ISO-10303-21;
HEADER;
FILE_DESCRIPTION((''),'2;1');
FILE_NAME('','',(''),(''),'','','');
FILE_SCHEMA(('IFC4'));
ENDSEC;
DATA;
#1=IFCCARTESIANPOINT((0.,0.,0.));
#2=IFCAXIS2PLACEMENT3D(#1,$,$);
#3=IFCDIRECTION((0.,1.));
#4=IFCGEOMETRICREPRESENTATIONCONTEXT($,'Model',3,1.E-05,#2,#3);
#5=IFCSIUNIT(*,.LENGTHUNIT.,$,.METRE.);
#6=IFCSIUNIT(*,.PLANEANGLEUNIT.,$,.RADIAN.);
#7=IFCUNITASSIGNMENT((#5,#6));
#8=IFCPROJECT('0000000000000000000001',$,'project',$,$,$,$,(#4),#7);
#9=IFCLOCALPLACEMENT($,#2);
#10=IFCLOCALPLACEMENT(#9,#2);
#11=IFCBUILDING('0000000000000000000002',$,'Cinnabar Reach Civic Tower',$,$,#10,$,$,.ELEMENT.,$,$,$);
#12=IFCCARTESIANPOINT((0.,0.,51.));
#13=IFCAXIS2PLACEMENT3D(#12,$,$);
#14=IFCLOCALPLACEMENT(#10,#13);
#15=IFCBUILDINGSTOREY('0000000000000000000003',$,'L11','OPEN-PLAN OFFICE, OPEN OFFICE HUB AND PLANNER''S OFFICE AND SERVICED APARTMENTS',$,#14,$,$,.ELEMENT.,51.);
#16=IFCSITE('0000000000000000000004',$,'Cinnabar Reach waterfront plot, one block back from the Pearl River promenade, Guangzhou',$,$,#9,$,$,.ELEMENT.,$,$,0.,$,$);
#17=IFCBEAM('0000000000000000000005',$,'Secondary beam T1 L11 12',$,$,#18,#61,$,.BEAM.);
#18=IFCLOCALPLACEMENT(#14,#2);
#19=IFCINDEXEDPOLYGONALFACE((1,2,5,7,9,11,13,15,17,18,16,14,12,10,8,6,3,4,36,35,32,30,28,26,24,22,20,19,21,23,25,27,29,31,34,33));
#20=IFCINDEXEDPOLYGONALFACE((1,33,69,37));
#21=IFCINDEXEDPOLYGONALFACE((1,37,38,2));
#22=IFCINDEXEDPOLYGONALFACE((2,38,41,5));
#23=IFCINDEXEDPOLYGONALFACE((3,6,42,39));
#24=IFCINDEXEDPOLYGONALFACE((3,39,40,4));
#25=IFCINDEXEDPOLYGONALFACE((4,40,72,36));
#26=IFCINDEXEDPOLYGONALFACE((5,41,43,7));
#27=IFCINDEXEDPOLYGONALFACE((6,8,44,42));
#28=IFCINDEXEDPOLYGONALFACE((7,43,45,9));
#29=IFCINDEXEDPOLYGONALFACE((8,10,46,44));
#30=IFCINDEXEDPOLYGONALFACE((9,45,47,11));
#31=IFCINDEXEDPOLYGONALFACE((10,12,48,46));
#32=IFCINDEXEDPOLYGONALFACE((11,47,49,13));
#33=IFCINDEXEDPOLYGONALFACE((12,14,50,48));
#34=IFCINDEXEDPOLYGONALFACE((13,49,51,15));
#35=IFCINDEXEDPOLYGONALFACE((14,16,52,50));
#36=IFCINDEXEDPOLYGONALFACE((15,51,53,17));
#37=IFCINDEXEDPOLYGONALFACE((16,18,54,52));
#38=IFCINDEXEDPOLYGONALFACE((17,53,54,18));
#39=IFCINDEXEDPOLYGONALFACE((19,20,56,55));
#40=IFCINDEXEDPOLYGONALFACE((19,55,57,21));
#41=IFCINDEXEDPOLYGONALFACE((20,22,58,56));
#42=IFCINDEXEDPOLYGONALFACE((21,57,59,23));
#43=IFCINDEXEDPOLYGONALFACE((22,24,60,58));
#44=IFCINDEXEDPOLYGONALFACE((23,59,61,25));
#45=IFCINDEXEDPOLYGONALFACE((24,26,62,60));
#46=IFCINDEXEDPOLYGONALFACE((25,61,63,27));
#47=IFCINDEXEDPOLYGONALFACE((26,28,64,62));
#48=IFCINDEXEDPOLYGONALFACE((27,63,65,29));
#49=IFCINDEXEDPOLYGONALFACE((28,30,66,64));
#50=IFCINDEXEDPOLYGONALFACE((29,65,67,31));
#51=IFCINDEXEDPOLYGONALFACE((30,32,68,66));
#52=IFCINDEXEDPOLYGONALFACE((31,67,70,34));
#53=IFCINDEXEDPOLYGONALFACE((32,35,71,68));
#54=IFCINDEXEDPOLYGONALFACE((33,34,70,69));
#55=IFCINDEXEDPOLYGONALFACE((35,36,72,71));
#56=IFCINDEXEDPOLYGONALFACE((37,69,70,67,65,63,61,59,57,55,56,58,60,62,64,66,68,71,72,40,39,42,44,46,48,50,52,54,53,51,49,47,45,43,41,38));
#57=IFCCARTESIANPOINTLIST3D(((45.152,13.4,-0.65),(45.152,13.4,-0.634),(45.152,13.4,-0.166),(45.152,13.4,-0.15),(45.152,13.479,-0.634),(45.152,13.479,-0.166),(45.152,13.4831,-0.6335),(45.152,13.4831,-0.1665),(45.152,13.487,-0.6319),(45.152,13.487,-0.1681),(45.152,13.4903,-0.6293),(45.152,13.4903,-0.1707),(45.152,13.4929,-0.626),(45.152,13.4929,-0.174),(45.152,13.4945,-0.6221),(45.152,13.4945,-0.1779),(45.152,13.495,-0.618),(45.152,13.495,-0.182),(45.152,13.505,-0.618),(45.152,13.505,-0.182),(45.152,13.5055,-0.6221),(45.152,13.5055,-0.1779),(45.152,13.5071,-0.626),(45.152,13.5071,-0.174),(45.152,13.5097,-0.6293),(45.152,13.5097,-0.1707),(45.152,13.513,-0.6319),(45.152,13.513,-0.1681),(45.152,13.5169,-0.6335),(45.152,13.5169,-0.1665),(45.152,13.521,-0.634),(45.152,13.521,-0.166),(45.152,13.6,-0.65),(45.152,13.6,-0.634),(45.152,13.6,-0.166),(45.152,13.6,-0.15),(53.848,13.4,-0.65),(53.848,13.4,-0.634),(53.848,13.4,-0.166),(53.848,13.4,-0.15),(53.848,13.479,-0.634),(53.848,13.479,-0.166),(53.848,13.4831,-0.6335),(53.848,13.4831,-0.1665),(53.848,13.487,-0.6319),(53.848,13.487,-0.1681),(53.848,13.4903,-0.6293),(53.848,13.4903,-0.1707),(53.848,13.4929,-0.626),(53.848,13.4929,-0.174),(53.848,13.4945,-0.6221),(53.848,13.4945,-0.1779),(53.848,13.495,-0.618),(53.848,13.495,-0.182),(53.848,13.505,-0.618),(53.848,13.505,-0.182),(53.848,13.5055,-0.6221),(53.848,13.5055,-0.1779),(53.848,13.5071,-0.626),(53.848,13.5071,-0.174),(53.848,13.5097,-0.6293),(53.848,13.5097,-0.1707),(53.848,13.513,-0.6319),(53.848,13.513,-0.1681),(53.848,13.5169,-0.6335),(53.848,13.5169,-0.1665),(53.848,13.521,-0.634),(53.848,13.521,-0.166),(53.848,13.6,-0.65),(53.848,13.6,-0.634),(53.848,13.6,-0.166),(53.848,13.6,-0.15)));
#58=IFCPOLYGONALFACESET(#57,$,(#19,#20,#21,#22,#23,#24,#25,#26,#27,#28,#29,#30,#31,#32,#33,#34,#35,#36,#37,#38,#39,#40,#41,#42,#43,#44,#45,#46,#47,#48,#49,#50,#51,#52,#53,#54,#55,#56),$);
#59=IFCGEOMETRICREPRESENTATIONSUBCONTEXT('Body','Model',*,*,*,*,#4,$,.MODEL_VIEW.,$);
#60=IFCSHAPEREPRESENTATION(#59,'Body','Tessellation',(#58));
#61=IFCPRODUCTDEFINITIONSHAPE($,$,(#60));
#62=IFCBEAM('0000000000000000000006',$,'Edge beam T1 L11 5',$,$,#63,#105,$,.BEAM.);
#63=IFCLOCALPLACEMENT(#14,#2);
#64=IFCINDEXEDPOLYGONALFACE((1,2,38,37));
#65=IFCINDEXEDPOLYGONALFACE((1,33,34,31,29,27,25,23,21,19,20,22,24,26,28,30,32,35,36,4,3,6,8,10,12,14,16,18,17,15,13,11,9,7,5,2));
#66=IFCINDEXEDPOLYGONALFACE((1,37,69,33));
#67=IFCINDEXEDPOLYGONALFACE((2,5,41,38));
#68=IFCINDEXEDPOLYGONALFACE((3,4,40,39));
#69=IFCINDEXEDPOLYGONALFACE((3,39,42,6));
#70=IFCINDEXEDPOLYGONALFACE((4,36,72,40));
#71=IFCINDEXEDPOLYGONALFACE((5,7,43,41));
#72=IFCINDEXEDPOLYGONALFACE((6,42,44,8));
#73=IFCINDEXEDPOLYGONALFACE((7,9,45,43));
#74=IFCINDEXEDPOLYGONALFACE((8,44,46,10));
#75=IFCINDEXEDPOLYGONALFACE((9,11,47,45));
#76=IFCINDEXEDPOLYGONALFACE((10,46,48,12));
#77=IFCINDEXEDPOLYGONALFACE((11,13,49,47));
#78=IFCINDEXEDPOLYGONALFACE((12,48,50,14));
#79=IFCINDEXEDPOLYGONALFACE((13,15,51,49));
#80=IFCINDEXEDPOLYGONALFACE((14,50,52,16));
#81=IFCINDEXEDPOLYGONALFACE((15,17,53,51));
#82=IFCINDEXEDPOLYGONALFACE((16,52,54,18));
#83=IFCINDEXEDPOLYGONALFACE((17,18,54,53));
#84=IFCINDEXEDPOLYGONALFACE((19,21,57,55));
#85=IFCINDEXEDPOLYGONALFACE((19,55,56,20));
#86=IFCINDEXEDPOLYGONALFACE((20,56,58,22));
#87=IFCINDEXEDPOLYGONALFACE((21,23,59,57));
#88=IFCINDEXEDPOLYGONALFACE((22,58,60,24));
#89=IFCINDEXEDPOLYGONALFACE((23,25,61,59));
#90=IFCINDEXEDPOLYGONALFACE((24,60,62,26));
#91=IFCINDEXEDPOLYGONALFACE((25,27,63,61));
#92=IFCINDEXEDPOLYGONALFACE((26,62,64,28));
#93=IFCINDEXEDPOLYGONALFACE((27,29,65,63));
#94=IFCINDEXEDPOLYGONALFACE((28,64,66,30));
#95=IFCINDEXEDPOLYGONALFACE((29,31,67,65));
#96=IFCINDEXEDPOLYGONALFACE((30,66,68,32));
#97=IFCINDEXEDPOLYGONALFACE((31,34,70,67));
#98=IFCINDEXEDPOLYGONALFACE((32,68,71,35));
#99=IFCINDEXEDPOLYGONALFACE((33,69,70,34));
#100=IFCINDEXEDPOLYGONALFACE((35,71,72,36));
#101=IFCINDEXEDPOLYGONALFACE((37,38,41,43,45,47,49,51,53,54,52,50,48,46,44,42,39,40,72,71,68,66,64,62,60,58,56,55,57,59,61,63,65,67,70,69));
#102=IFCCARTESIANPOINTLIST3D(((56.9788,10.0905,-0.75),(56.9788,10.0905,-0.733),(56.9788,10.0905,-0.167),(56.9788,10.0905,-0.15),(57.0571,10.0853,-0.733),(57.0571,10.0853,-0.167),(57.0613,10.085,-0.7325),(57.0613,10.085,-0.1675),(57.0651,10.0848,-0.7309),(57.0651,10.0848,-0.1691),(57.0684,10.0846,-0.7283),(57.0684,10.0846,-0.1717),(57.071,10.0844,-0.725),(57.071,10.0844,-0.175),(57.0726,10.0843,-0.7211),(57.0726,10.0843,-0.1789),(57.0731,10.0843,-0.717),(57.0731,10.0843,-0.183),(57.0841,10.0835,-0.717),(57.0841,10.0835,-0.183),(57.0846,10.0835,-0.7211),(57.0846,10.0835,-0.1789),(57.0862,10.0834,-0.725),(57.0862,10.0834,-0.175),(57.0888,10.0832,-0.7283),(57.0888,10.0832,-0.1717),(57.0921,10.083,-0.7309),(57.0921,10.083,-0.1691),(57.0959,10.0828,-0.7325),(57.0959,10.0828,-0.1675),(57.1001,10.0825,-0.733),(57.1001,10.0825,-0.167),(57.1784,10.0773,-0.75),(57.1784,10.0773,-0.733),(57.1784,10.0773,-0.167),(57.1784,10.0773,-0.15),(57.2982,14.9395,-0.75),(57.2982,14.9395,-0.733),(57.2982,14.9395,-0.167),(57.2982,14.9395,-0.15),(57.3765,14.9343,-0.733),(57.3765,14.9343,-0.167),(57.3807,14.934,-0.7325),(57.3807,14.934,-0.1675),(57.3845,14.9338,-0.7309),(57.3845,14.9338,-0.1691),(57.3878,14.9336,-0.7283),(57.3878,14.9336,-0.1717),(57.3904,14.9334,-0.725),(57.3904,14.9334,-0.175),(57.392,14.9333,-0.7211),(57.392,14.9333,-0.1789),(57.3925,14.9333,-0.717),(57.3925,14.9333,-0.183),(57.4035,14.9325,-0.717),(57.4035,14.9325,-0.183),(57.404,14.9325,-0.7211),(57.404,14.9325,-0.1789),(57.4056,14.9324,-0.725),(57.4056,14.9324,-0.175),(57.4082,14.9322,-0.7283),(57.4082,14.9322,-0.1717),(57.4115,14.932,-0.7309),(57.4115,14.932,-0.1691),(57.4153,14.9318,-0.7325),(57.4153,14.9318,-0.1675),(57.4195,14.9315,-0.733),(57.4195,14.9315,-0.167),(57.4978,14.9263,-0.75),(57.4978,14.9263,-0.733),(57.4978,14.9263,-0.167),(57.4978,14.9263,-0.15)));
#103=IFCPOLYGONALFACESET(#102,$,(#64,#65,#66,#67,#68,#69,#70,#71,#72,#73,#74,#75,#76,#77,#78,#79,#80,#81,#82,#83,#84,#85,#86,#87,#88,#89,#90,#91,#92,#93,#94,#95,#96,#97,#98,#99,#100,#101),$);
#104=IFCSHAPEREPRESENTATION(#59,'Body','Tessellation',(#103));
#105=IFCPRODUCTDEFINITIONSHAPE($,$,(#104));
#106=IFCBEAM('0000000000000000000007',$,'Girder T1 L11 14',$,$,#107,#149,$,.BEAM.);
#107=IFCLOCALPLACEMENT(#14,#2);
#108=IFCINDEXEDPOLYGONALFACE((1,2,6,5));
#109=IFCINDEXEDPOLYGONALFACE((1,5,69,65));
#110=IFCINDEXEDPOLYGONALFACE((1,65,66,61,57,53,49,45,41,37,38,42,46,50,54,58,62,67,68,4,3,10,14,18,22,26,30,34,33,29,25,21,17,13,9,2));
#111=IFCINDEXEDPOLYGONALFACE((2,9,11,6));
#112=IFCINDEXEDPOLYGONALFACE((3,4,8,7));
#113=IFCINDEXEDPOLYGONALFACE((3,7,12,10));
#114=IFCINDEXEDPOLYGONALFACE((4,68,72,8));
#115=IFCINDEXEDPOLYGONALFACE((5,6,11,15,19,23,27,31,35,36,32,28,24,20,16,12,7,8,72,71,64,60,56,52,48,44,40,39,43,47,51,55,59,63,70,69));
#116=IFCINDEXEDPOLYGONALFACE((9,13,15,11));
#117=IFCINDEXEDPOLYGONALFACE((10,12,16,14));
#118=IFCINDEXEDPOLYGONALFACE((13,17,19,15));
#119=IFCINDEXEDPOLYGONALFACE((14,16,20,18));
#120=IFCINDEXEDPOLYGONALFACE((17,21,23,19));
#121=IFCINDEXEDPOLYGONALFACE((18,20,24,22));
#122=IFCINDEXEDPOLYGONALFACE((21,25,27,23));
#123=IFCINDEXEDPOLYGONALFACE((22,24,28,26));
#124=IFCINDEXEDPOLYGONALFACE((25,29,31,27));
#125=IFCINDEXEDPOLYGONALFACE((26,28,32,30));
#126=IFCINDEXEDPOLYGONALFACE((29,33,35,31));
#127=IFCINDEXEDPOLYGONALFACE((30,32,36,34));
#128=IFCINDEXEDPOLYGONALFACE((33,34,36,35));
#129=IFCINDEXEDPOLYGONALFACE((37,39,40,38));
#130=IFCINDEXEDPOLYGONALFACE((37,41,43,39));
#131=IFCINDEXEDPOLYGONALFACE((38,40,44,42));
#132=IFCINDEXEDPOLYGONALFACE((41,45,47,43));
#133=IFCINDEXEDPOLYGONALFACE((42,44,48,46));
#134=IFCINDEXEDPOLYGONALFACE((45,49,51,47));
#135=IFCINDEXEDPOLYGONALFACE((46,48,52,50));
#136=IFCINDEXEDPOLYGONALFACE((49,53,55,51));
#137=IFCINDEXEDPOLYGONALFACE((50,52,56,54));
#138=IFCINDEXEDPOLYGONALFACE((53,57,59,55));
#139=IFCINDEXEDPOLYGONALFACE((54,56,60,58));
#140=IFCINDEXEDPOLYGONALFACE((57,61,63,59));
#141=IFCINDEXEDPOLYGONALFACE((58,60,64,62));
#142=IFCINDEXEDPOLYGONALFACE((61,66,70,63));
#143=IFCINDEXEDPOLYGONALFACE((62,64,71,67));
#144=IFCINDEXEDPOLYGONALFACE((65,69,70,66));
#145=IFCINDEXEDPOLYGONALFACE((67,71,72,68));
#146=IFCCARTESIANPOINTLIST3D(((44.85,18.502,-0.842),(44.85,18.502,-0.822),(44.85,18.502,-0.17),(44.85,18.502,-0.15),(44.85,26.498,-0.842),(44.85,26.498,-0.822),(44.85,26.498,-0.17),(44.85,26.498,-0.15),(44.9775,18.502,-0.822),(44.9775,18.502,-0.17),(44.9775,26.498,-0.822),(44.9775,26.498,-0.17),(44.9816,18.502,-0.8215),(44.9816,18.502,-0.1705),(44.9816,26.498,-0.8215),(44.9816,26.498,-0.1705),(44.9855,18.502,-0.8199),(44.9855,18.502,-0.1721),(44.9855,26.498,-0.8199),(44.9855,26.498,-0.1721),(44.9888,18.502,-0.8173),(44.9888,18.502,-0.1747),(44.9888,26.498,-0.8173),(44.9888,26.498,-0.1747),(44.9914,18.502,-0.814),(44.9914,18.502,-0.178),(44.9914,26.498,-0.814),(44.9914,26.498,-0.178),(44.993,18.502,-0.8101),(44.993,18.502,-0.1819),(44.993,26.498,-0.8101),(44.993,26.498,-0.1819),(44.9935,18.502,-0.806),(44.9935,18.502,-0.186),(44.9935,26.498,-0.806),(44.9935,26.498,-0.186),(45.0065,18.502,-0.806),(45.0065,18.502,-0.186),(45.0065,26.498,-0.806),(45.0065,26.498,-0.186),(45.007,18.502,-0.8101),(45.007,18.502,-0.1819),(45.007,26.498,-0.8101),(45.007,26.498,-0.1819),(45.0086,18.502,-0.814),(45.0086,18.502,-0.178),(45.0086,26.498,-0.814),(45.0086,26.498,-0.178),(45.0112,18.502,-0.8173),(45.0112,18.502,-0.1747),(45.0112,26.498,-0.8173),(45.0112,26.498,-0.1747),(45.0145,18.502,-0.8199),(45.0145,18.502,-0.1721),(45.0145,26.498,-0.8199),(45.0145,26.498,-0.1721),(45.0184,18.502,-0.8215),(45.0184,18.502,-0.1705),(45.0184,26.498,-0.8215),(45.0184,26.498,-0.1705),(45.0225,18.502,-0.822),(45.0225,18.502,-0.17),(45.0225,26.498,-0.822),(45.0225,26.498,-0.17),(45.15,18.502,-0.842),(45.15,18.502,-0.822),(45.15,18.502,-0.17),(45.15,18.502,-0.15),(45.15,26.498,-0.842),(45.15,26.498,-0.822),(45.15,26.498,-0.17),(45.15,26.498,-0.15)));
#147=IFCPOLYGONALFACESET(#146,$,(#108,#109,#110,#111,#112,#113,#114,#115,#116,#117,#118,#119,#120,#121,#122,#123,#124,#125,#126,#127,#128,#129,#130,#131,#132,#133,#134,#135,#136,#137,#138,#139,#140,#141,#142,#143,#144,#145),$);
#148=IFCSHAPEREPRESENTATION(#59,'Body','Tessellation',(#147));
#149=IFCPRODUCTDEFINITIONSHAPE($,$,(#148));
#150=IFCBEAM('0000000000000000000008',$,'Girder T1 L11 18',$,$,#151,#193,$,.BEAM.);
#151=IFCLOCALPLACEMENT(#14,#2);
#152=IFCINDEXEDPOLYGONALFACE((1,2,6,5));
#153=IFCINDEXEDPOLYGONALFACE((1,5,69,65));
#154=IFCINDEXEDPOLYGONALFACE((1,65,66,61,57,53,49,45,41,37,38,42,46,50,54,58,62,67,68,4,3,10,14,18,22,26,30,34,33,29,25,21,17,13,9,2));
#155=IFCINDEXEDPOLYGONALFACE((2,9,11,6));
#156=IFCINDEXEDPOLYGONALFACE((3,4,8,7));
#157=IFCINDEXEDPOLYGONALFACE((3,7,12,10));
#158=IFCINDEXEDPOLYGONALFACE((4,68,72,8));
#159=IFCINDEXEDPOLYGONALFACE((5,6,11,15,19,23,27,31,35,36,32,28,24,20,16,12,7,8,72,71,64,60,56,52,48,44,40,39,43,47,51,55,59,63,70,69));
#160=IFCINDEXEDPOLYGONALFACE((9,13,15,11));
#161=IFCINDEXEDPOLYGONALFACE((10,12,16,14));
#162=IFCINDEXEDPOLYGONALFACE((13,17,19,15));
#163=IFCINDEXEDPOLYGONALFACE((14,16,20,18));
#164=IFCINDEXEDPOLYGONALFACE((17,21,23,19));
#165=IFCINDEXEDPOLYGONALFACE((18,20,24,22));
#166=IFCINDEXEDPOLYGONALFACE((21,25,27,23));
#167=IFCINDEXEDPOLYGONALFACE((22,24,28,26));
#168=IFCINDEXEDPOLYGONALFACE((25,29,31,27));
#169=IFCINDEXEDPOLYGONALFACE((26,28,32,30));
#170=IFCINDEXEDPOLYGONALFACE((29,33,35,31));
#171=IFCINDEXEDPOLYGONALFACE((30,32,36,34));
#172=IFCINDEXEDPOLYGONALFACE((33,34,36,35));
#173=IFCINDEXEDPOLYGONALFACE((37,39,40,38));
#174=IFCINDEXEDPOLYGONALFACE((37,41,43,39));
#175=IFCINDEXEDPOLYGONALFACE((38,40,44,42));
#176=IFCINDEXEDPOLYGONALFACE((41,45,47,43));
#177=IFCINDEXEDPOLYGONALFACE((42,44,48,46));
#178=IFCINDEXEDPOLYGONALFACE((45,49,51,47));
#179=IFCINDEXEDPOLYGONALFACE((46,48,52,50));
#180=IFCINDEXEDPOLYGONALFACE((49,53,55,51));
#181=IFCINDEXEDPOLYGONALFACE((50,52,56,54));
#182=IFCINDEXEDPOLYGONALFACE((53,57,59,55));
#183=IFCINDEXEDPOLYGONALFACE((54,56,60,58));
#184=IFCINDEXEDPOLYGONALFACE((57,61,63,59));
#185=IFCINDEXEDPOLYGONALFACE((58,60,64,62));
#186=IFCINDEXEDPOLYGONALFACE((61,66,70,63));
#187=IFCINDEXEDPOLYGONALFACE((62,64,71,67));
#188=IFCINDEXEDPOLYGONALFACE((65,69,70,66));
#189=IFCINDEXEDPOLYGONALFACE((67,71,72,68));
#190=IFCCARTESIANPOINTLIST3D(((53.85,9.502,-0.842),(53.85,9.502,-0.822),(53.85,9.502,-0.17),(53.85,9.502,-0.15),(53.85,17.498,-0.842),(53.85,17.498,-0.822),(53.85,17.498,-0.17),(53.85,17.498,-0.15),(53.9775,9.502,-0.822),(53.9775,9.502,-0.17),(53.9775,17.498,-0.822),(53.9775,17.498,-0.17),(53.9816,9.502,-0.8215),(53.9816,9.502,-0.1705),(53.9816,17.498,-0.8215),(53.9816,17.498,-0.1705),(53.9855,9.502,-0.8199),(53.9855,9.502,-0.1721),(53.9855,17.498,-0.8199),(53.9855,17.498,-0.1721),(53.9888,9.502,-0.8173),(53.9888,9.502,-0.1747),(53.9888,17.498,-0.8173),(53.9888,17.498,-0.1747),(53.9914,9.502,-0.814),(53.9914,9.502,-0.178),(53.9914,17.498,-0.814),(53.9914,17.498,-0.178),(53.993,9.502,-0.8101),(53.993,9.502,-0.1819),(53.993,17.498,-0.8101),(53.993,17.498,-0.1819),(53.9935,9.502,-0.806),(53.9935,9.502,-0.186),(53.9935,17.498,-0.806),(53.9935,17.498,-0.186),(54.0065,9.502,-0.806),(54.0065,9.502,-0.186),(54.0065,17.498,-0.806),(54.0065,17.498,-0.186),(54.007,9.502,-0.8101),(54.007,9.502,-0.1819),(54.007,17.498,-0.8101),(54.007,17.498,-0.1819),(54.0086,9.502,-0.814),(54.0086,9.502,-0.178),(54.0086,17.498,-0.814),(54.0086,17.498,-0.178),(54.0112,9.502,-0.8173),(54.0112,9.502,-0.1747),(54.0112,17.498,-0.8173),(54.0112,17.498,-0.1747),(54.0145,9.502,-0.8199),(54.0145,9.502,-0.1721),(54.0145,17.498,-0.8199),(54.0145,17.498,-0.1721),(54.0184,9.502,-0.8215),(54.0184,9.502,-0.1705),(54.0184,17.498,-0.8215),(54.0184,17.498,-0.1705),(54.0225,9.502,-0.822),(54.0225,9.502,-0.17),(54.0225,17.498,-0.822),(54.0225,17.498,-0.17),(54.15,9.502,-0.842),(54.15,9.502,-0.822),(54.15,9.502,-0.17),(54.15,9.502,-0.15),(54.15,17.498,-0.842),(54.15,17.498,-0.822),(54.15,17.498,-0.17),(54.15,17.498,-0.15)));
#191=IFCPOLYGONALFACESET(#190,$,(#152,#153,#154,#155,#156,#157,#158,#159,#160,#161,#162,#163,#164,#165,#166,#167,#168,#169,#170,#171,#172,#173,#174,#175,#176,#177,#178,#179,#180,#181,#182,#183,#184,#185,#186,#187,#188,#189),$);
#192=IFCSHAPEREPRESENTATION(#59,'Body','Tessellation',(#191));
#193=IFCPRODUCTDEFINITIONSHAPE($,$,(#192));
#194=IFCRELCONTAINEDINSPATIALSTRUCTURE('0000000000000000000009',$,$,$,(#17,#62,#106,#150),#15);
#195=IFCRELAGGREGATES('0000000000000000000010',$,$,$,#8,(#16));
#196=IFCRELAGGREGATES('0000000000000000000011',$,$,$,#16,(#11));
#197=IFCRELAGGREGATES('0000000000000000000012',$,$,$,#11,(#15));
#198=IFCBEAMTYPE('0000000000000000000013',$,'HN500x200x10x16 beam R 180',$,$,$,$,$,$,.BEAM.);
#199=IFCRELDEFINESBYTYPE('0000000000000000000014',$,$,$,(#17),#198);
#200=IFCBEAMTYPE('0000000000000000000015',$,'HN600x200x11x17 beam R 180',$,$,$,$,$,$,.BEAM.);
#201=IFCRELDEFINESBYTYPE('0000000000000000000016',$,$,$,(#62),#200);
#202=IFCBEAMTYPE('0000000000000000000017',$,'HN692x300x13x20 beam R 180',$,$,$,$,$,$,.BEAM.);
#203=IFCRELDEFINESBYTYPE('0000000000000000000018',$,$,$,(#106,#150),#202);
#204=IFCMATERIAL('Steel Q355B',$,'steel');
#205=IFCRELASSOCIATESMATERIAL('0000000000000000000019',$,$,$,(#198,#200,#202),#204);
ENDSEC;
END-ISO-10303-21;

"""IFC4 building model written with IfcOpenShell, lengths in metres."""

from ifc_helpers import new_model, si_unit, direction, frame, origin, origin_2d, place, context, subcontext, project, spatial, i_section, extrude, material, material_profile, profile_set, type_object, element, save


model = new_model("IFC4")

# Units and contexts
model_context = context("Model", 3, precision=1e-05, world=origin(), true_north=direction((0.0, 1.0)))
body_context = subcontext(model_context, "Body", "Model", "MODEL_VIEW")
ifc_project = project(units=[si_unit("LENGTHUNIT", "METRE"), si_unit("PLANEANGLEUNIT", "RADIAN")], contexts=[model_context])

# Site, building, storey
site_placement = place(None, origin())
site = spatial("IfcSite", under=ifc_project, at=site_placement, Name="Cinnabar Reach waterfront plot, one block back from the Pearl River promenade, Guangzhou", CompositionType="ELEMENT", RefElevation=0.0)
building_placement = place(site_placement, origin())
building = spatial("IfcBuilding", under=site, at=building_placement, Name="Cinnabar Reach Civic Tower", CompositionType="ELEMENT")
storey_placement = place(building_placement, frame((0.0, 0.0, 51.0)))
storey = spatial("IfcBuildingStorey", under=building, at=storey_placement, Name="L11", Description="OPEN-PLAN OFFICE, OPEN OFFICE HUB AND PLANNER'S OFFICE AND SERVICED APARTMENTS", CompositionType="ELEMENT", Elevation=51.0)

# Beams
ifc_material_1 = material(Name="Steel Q355B", Category="steel")
ifc_material_profile_1 = material_profile(ifc_material_1, i_section(OverallWidth=0.2, OverallDepth=0.5, WebThickness=0.01, FlangeThickness=0.016, FilletRadius=0.016, at=origin_2d()), Name="HN500x200x10x16")
ifc_profile_set_1 = profile_set([ifc_material_profile_1], Name="Steel Q355B")
beam_type_1 = type_object("IfcBeamType", Name="HN500x200x10x16 beam R 180", PredefinedType="BEAM", material=ifc_profile_set_1)
beam_1_placement = place(storey_placement, frame((45.152, 13.5, -0.4), z_axis=(1.0, 0.0, 0.0), x_axis=(0.0, 1.0, 0.0)))
element("IfcBeam", 1, at=beam_1_placement, inside=storey, type_object=beam_type_1, Name="Secondary beam T1 L11 12", PredefinedType="BEAM", context=body_context, shape_type="SweptSolid", body=[
    extrude(i_section(OverallWidth=0.2, OverallDepth=0.5, WebThickness=0.01, FlangeThickness=0.016, FilletRadius=0.016, at=origin_2d()), origin(), (0.0, 0.0, 1.0), 8.696),
])
ifc_material_profile_2 = material_profile(ifc_material_1, i_section(OverallWidth=0.2, OverallDepth=0.6, WebThickness=0.011, FlangeThickness=0.017, FilletRadius=0.016, at=origin_2d()), Name="HN600x200x11x17")
ifc_profile_set_2 = profile_set([ifc_material_profile_2], Name="Steel Q355B")
beam_type_2 = type_object("IfcBeamType", Name="HN600x200x11x17 beam R 180", PredefinedType="BEAM", material=ifc_profile_set_2)
beam_2_placement = place(storey_placement, frame((57.0786, 10.0839, -0.45), z_axis=(0.065727, 0.997838, 0.0), x_axis=(-0.997838, 0.065727, 0.0)))
element("IfcBeam", 2, at=beam_2_placement, inside=storey, type_object=beam_type_2, Name="Edge beam T1 L11 5", PredefinedType="BEAM", context=body_context, shape_type="SweptSolid", body=[
    extrude(i_section(OverallWidth=0.2, OverallDepth=0.6, WebThickness=0.011, FlangeThickness=0.017, FilletRadius=0.016, at=origin_2d()), origin(), (0.0, 0.0, 1.0), 4.8595),
])
ifc_material_profile_3 = material_profile(ifc_material_1, i_section(OverallWidth=0.3, OverallDepth=0.692, WebThickness=0.013, FlangeThickness=0.02, FilletRadius=0.016, at=origin_2d()), Name="HN692x300x13x20")
ifc_profile_set_3 = profile_set([ifc_material_profile_3], Name="Steel Q355B")
beam_type_3 = type_object("IfcBeamType", Name="HN692x300x13x20 beam R 180", PredefinedType="BEAM", material=ifc_profile_set_3)
for number, where, z_axis, x_axis, name in (
    (3, (45.0, 18.502, -0.496), (0.0, 1.0, 0.0), (-1.0, 0.0, 0.0), "Girder T1 L11 14"),
    (4, (54.0, 9.502, -0.496), (0.0, 1.0, 0.0), (-1.0, 0.0, 0.0), "Girder T1 L11 18"),
):
    element("IfcBeam", number, at=place(storey_placement, frame(where, z_axis=z_axis, x_axis=x_axis)), inside=storey, type_object=beam_type_3, Name=name, PredefinedType="BEAM", context=body_context, shape_type="SweptSolid", body=[
        extrude(i_section(OverallWidth=0.3, OverallDepth=0.692, WebThickness=0.013, FlangeThickness=0.02, FilletRadius=0.016, at=origin_2d()), origin(), (0.0, 0.0, 1.0), 7.996),
    ])

save(model, "model.ifc")
